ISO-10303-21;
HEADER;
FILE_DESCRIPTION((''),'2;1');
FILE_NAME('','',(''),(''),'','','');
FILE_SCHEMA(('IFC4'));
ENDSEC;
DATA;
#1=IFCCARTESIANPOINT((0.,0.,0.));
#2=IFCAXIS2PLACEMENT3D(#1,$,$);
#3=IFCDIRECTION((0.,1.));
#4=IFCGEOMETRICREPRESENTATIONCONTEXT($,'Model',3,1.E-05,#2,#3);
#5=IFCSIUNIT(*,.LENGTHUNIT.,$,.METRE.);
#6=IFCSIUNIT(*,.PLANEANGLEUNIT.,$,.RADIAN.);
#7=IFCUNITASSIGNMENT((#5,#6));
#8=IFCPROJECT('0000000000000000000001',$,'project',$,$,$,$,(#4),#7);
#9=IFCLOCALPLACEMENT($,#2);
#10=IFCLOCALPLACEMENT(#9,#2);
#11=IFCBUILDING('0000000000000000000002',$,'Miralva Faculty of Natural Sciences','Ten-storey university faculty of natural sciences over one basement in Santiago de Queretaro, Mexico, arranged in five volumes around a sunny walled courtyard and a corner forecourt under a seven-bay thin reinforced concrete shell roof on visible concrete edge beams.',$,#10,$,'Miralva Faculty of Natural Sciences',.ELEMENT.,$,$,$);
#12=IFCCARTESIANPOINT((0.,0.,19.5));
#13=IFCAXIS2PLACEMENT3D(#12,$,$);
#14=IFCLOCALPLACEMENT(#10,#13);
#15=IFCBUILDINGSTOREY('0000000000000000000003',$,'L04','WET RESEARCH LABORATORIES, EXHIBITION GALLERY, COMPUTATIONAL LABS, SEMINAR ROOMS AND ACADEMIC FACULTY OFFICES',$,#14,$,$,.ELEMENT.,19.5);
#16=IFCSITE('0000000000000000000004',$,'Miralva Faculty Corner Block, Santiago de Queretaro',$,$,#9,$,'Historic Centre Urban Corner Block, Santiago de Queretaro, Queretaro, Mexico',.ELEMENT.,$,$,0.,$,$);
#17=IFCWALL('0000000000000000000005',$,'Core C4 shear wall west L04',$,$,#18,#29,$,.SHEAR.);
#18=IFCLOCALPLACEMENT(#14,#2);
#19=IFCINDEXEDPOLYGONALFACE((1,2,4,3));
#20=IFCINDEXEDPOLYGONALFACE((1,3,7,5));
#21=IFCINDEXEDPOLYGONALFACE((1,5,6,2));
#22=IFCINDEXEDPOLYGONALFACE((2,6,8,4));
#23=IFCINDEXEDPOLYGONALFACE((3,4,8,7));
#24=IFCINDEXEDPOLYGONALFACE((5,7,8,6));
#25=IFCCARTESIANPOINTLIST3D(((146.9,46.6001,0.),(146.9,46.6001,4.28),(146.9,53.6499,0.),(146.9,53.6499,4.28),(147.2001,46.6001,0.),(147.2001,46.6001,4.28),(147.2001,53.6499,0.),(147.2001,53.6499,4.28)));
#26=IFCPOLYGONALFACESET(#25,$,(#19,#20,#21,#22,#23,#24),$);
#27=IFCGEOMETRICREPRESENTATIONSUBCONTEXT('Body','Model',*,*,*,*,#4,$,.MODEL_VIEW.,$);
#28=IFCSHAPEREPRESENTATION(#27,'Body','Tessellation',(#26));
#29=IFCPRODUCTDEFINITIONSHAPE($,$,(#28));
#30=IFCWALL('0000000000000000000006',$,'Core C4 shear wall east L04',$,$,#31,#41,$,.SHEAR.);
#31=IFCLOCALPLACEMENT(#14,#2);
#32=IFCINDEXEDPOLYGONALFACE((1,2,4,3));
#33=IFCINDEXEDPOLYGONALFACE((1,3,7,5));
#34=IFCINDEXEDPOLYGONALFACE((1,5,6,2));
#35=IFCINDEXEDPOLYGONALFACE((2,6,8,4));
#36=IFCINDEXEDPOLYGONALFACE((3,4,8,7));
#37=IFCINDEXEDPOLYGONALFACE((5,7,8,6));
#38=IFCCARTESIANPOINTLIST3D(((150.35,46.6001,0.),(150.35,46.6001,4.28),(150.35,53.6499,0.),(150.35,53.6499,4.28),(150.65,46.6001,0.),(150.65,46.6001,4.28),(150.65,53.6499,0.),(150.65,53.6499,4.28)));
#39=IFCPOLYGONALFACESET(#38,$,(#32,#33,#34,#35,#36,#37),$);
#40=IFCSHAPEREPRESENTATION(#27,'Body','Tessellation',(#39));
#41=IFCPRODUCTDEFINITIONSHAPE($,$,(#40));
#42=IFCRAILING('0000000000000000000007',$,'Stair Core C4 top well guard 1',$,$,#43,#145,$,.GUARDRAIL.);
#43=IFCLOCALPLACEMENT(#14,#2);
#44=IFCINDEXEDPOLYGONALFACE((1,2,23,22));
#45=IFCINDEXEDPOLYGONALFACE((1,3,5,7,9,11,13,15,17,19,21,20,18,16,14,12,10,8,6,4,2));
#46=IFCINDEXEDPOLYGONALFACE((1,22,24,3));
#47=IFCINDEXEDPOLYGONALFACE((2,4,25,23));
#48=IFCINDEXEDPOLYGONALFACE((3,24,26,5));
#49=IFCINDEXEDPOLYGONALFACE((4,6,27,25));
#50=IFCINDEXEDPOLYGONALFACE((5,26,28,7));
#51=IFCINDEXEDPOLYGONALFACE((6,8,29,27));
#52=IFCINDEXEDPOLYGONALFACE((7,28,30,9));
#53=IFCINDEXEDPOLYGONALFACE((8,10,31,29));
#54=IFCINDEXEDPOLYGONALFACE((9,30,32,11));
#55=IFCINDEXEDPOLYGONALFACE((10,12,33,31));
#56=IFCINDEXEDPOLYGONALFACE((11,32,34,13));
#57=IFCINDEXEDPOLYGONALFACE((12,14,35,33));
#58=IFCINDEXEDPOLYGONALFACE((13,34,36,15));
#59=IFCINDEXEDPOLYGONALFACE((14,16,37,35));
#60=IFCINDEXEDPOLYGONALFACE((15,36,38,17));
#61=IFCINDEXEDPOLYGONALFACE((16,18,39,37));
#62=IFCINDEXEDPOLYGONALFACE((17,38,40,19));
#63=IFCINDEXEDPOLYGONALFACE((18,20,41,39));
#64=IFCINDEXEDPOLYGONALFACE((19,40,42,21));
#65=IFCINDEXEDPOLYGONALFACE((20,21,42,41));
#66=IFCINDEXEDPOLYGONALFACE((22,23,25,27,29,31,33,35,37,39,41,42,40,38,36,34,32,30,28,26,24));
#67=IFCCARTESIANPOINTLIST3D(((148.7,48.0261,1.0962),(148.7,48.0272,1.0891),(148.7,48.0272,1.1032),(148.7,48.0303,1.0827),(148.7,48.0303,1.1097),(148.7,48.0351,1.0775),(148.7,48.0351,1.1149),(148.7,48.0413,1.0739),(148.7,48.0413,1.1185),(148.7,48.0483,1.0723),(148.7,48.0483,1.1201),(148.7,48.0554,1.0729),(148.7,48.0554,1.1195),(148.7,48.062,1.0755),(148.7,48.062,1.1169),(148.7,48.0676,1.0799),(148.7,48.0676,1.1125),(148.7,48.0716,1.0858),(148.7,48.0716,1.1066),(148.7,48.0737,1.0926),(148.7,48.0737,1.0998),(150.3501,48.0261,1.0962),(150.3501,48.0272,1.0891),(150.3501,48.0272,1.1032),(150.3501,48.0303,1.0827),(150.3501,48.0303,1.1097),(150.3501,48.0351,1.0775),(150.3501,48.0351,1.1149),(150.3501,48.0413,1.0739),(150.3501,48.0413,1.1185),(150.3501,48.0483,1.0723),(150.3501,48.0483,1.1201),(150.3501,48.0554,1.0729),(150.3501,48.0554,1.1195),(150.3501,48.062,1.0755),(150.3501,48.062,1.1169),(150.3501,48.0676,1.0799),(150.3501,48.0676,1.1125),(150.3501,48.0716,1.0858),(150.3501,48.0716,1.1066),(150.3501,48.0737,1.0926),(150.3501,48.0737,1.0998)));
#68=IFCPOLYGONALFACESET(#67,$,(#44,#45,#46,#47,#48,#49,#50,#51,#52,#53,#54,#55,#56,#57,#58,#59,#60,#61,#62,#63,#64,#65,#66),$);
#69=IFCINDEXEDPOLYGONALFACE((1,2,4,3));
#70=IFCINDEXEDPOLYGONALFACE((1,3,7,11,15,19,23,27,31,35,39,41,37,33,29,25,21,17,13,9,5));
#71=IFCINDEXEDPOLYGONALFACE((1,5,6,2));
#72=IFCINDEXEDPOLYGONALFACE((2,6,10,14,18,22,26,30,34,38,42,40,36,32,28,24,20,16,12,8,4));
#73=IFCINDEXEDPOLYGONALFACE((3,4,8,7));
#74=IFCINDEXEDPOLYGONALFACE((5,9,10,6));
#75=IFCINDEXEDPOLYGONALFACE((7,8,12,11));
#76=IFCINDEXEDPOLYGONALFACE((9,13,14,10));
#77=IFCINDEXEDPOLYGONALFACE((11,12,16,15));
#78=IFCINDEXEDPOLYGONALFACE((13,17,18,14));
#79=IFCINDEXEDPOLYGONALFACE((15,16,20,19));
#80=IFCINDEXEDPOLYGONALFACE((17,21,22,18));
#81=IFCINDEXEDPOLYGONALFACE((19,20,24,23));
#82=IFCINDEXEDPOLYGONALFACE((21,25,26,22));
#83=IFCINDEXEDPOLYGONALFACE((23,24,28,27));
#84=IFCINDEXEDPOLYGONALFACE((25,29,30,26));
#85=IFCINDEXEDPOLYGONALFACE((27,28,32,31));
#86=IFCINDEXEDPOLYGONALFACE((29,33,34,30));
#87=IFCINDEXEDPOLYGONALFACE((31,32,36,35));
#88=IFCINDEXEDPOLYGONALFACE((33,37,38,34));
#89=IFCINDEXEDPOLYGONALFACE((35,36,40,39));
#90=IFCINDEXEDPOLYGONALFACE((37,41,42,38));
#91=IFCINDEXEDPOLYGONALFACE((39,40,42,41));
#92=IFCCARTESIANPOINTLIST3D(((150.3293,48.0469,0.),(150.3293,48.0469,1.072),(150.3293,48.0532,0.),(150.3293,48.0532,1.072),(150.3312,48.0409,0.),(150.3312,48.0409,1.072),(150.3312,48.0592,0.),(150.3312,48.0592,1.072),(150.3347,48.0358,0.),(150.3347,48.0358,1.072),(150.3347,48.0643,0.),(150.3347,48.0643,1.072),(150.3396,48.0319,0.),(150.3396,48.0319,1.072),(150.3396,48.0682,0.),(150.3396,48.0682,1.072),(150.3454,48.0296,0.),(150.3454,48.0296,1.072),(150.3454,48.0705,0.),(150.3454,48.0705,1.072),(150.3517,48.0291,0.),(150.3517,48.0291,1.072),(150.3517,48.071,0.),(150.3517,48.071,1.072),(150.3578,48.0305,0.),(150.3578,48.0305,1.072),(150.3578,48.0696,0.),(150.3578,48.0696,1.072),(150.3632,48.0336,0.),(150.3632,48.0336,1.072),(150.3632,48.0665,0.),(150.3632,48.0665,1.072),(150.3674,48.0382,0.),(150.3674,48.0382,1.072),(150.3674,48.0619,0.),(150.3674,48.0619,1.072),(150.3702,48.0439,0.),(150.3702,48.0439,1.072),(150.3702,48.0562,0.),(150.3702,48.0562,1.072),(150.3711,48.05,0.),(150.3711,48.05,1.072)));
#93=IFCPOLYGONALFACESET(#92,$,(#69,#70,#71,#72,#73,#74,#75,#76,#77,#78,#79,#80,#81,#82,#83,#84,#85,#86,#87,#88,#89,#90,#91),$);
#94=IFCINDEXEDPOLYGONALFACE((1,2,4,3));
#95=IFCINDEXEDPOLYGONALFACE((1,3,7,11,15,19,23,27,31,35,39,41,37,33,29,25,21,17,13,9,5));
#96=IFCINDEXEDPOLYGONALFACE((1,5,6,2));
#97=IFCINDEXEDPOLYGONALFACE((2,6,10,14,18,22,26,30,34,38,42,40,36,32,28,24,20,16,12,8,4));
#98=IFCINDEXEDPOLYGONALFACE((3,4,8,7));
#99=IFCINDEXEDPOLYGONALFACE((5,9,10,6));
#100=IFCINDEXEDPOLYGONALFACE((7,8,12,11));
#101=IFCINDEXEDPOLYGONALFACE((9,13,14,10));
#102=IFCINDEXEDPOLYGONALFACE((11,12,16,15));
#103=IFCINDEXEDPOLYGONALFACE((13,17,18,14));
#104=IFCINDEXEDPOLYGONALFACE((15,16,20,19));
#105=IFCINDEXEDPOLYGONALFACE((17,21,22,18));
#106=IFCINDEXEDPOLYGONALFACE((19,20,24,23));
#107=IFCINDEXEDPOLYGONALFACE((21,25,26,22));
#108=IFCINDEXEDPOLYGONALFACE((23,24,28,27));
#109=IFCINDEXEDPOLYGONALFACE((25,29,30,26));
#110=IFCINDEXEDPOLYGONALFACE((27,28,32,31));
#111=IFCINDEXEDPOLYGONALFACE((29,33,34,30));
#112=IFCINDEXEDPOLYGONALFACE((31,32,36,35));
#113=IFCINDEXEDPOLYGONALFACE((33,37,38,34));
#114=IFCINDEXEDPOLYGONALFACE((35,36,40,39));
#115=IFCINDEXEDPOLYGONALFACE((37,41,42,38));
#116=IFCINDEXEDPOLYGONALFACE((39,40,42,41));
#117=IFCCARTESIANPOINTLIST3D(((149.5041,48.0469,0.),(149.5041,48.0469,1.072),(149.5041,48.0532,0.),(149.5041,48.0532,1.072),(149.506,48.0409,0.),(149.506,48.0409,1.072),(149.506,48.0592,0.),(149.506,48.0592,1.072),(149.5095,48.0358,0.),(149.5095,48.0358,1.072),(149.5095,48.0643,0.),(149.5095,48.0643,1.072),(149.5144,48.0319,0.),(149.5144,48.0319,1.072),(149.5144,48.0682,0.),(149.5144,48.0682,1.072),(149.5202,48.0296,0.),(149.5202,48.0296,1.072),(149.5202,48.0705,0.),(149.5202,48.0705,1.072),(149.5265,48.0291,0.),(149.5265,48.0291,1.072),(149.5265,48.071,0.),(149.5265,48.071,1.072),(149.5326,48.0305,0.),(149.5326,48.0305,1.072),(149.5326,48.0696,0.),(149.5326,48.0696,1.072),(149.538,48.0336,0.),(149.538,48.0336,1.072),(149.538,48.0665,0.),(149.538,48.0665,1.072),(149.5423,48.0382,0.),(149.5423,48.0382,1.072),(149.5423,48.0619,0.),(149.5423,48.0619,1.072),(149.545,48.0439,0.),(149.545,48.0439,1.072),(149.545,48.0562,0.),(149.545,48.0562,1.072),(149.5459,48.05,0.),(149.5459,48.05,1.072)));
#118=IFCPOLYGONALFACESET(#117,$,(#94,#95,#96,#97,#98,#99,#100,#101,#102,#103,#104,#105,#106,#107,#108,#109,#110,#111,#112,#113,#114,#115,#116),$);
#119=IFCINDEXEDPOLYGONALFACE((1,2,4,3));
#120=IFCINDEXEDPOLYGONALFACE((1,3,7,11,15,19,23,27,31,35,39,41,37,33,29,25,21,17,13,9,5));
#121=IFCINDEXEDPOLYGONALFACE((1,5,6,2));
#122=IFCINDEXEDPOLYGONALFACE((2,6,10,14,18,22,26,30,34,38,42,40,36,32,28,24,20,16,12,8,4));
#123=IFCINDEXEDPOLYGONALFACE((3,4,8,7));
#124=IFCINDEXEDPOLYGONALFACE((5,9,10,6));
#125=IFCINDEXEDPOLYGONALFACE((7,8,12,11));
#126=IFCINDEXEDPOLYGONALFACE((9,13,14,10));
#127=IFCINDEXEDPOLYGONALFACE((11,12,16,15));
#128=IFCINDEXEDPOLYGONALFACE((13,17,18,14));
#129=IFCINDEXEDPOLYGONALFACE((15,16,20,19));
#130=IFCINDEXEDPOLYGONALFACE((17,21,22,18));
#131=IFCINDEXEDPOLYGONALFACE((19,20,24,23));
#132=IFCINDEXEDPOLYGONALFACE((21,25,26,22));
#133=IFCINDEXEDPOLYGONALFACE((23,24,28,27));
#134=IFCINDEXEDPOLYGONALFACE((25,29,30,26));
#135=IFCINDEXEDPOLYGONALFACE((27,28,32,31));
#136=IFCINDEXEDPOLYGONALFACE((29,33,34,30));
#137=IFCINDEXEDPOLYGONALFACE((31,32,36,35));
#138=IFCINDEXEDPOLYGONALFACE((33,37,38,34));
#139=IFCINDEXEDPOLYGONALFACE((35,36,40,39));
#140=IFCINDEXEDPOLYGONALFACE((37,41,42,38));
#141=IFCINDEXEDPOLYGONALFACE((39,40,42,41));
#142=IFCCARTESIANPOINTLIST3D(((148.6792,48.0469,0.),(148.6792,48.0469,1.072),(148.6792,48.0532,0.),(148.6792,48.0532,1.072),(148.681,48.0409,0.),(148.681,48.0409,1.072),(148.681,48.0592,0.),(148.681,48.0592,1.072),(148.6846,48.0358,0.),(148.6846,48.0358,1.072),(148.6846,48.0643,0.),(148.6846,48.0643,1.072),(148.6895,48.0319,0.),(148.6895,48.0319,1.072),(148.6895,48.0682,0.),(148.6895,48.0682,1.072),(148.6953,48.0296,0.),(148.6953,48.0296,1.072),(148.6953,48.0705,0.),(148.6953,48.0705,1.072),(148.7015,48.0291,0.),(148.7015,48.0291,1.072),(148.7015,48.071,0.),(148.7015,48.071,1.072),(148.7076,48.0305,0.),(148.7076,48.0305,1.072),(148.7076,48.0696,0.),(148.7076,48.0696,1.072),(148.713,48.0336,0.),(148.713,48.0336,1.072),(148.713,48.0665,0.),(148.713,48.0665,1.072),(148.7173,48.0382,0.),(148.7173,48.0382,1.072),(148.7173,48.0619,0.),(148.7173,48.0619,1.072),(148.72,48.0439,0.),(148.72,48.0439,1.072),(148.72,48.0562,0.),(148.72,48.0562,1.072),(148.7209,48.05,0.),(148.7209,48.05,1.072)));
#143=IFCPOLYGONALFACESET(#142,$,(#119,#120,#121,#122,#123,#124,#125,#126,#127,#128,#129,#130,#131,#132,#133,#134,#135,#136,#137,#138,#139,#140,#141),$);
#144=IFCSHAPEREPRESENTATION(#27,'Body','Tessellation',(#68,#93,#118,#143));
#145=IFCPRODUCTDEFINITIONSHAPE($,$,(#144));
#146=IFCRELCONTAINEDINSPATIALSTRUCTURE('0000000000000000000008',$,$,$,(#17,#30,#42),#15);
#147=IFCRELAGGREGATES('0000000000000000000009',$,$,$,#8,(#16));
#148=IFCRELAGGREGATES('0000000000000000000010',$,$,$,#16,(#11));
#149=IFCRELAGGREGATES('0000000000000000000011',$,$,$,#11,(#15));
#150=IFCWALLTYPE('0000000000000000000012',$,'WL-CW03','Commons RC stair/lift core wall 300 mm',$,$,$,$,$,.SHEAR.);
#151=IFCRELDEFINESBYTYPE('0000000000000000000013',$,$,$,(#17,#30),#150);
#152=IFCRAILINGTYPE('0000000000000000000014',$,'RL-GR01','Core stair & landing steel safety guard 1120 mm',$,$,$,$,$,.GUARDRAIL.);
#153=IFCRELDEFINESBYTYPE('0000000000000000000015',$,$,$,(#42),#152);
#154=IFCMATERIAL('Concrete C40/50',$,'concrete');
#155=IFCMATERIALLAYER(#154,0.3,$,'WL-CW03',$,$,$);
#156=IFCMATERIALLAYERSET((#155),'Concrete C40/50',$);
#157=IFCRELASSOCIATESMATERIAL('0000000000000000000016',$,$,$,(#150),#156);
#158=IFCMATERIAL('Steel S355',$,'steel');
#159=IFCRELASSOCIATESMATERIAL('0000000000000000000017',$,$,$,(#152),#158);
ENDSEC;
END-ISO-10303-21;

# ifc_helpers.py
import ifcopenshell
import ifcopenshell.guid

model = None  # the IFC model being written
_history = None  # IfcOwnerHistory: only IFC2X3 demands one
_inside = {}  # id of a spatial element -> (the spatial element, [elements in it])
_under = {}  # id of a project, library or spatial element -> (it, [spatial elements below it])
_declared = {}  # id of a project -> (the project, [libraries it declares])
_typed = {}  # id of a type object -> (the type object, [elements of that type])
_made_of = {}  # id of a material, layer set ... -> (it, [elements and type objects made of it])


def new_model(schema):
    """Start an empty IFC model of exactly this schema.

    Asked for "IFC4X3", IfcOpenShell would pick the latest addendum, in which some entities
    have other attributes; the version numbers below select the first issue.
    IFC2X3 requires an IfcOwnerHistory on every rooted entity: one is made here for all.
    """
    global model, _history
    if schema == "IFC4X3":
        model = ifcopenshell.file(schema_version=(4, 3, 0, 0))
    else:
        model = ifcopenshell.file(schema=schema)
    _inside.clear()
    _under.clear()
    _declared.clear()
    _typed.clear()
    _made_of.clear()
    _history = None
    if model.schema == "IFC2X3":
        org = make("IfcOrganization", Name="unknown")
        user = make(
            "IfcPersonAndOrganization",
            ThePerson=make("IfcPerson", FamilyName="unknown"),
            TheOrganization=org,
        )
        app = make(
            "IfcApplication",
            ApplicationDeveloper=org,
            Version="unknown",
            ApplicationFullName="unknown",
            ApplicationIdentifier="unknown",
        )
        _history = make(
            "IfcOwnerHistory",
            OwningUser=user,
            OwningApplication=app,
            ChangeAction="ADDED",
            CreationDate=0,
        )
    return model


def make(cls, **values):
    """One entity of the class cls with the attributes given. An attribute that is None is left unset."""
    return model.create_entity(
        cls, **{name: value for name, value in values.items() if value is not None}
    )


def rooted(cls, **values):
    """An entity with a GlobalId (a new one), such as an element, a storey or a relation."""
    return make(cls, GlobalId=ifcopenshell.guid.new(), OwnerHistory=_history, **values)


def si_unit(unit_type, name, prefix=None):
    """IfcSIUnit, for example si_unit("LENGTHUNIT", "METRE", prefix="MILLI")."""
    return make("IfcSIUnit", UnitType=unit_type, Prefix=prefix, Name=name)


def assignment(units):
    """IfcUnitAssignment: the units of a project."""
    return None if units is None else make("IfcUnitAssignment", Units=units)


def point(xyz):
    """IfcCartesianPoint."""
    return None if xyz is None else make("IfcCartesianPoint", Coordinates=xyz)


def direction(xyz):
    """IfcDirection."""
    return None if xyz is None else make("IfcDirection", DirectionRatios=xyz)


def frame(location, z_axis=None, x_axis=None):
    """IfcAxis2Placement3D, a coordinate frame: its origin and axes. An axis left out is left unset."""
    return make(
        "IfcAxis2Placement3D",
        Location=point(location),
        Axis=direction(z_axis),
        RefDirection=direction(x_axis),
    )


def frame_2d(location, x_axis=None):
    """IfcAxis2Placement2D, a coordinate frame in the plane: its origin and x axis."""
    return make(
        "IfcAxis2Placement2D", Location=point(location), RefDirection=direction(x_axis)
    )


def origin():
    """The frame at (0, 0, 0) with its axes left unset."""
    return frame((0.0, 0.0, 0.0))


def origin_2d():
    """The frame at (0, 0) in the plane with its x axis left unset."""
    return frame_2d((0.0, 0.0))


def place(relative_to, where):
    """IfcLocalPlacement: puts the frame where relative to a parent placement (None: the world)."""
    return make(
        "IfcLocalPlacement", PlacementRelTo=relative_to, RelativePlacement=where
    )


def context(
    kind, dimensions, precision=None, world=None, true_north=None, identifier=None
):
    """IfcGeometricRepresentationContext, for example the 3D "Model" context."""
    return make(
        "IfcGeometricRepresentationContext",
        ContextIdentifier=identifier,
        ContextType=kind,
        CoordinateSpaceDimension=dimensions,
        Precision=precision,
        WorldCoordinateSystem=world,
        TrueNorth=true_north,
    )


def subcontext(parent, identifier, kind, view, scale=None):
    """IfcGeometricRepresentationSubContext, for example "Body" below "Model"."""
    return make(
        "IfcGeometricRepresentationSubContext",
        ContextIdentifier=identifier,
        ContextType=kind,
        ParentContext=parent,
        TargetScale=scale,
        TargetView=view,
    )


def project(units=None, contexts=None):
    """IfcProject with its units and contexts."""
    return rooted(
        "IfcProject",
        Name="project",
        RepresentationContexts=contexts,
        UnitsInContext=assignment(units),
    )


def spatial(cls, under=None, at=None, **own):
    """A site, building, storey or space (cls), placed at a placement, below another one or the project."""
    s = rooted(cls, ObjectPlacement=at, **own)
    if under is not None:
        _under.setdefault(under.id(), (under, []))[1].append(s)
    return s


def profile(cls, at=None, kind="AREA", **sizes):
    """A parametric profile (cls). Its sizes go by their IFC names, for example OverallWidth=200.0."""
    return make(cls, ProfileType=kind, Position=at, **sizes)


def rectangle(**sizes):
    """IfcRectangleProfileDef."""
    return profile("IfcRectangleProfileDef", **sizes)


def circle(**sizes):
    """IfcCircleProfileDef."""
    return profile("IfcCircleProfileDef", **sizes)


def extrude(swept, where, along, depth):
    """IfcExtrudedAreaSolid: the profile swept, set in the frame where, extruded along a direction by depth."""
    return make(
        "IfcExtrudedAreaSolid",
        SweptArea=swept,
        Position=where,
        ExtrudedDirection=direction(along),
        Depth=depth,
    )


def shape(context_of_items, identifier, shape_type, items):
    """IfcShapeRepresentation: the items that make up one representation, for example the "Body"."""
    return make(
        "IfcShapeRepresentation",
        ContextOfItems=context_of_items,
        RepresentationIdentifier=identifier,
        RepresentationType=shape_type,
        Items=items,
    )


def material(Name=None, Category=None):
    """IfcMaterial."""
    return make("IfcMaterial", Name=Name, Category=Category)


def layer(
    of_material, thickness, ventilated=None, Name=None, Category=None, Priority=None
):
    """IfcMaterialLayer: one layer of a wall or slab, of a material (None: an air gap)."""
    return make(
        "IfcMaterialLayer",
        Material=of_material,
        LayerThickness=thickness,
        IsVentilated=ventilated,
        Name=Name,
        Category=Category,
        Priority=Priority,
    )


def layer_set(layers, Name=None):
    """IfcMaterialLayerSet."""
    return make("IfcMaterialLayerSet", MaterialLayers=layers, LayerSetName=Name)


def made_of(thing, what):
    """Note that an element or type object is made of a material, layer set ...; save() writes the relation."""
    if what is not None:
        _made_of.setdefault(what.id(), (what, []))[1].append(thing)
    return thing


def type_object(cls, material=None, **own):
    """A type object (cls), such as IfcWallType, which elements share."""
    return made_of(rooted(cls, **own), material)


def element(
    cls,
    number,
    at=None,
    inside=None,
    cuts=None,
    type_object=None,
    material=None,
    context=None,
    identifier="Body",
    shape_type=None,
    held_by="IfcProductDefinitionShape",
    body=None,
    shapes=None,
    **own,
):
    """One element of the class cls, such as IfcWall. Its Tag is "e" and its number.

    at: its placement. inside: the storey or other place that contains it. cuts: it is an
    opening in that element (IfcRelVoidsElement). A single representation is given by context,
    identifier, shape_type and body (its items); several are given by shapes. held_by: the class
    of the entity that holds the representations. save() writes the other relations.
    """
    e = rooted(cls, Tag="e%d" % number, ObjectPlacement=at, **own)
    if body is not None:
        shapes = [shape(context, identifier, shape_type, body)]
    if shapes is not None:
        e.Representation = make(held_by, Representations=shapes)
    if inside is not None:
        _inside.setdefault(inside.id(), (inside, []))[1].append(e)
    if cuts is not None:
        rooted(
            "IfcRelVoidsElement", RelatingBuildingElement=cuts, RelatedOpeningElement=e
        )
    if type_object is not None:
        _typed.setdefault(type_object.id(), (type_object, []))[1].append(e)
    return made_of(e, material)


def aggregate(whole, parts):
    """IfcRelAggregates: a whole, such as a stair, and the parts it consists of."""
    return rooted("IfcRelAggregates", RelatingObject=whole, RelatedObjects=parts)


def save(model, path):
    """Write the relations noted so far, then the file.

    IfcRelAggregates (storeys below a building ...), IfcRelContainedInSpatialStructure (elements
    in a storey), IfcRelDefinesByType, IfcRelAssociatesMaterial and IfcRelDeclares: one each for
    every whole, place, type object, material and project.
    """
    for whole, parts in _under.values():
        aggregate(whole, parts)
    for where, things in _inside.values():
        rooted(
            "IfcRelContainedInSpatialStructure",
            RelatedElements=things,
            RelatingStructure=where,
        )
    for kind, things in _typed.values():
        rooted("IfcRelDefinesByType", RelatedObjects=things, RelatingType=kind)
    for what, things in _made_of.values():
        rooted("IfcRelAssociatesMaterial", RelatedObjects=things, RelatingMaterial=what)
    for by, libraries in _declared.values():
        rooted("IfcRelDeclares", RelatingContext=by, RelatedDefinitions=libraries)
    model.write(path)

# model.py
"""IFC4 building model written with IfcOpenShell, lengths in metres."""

from ifc_helpers import new_model, si_unit, direction, frame, frame_2d, origin, origin_2d, place, context, subcontext, project, spatial, rectangle, circle, extrude, material, layer, layer_set, type_object, element, save


model = new_model("IFC4")

# Units and contexts
model_context = context("Model", 3, precision=1e-05, world=origin(), true_north=direction((0.0, 1.0)))
body_context = subcontext(model_context, "Body", "Model", "MODEL_VIEW")
ifc_project = project(units=[si_unit("LENGTHUNIT", "METRE"), si_unit("PLANEANGLEUNIT", "RADIAN")], contexts=[model_context])

# Site, building, storey
site_placement = place(None, origin())
site = spatial("IfcSite", under=ifc_project, at=site_placement, Name="Miralva Faculty Corner Block, Santiago de Queretaro", LongName="Historic Centre Urban Corner Block, Santiago de Queretaro, Queretaro, Mexico", CompositionType="ELEMENT", RefElevation=0.0)
building_placement = place(site_placement, origin())
building = spatial("IfcBuilding", under=site, at=building_placement, Name="Miralva Faculty of Natural Sciences", Description="Ten-storey university faculty of natural sciences over one basement in Santiago de Queretaro, Mexico, arranged in five volumes around a sunny walled courtyard and a corner forecourt under a seven-bay thin reinforced concrete shell roof on visible concrete edge beams.", LongName="Miralva Faculty of Natural Sciences", CompositionType="ELEMENT")
storey_placement = place(building_placement, frame((0.0, 0.0, 19.5)))
storey = spatial("IfcBuildingStorey", under=building, at=storey_placement, Name="L04", Description="WET RESEARCH LABORATORIES, EXHIBITION GALLERY, COMPUTATIONAL LABS, SEMINAR ROOMS AND ACADEMIC FACULTY OFFICES", CompositionType="ELEMENT", Elevation=19.5)

# Shared definitions
ifc_material_1 = material(Name="Concrete C40/50", Category="concrete")

# Shared definitions
ifc_layer_1 = layer(ifc_material_1, 0.3, Name="WL-CW03")
ifc_layer_set_1 = layer_set([ifc_layer_1], Name="Concrete C40/50")
wall_type = type_object("IfcWallType", Name="WL-CW03", Description="Commons RC stair/lift core wall 300 mm", PredefinedType="SHEAR", material=ifc_layer_set_1)

# Walls
for number, where, z_axis, x_axis, name in (
    (1, (147.05, 46.6001, 0.0), (0.0, 0.0, 1.0), (0.0, 1.0, 0.0), "Core C4 shear wall west L04"),
    (2, (150.5, 46.6001, 0.0), (0.0, 0.0, 1.0), (0.0, 1.0, 0.0), "Core C4 shear wall east L04"),
):
    element("IfcWall", number, at=place(storey_placement, frame(where, z_axis=z_axis, x_axis=x_axis)), inside=storey, type_object=wall_type, Name=name, PredefinedType="SHEAR", context=body_context, shape_type="SweptSolid", body=[
        extrude(rectangle(XDim=7.0498, YDim=0.3, at=frame_2d((3.5249, 0.0))), origin(), (0.0, 0.0, 1.0), 4.28),
    ])

# Railing
ifc_material_2 = material(Name="Steel S355", Category="steel")
railing_type = type_object("IfcRailingType", Name="RL-GR01", Description="Core stair & landing steel safety guard 1120 mm", PredefinedType="GUARDRAIL", material=ifc_material_2)
railing_placement = place(storey_placement, frame((150.3501, 48.05, 0.0)))
element("IfcRailing", 3, at=railing_placement, inside=storey, type_object=railing_type, Name="Stair Core C4 top well guard 1", PredefinedType="GUARDRAIL", context=body_context, shape_type="SweptSolid", body=[
    extrude(circle(Radius=0.0239, at=origin_2d()), frame((0.0, 0.0, 1.0962), z_axis=(-1.0, 0.0, 0.0), x_axis=(0.0, -1.0, 0.0)), (0.0, 0.0, 1.0), 1.6501),
    extrude(circle(Radius=0.021, at=origin_2d()), origin(), (0.0, 0.0, 1.0), 1.072),
    extrude(circle(Radius=0.021, at=origin_2d()), frame((-0.8252, 0.0, 0.0)), (0.0, 0.0, 1.0), 1.072),
    extrude(circle(Radius=0.021, at=origin_2d()), frame((-1.6501, 0.0, 0.0)), (0.0, 0.0, 1.0), 1.072),
])

save(model, "model.ifc")
